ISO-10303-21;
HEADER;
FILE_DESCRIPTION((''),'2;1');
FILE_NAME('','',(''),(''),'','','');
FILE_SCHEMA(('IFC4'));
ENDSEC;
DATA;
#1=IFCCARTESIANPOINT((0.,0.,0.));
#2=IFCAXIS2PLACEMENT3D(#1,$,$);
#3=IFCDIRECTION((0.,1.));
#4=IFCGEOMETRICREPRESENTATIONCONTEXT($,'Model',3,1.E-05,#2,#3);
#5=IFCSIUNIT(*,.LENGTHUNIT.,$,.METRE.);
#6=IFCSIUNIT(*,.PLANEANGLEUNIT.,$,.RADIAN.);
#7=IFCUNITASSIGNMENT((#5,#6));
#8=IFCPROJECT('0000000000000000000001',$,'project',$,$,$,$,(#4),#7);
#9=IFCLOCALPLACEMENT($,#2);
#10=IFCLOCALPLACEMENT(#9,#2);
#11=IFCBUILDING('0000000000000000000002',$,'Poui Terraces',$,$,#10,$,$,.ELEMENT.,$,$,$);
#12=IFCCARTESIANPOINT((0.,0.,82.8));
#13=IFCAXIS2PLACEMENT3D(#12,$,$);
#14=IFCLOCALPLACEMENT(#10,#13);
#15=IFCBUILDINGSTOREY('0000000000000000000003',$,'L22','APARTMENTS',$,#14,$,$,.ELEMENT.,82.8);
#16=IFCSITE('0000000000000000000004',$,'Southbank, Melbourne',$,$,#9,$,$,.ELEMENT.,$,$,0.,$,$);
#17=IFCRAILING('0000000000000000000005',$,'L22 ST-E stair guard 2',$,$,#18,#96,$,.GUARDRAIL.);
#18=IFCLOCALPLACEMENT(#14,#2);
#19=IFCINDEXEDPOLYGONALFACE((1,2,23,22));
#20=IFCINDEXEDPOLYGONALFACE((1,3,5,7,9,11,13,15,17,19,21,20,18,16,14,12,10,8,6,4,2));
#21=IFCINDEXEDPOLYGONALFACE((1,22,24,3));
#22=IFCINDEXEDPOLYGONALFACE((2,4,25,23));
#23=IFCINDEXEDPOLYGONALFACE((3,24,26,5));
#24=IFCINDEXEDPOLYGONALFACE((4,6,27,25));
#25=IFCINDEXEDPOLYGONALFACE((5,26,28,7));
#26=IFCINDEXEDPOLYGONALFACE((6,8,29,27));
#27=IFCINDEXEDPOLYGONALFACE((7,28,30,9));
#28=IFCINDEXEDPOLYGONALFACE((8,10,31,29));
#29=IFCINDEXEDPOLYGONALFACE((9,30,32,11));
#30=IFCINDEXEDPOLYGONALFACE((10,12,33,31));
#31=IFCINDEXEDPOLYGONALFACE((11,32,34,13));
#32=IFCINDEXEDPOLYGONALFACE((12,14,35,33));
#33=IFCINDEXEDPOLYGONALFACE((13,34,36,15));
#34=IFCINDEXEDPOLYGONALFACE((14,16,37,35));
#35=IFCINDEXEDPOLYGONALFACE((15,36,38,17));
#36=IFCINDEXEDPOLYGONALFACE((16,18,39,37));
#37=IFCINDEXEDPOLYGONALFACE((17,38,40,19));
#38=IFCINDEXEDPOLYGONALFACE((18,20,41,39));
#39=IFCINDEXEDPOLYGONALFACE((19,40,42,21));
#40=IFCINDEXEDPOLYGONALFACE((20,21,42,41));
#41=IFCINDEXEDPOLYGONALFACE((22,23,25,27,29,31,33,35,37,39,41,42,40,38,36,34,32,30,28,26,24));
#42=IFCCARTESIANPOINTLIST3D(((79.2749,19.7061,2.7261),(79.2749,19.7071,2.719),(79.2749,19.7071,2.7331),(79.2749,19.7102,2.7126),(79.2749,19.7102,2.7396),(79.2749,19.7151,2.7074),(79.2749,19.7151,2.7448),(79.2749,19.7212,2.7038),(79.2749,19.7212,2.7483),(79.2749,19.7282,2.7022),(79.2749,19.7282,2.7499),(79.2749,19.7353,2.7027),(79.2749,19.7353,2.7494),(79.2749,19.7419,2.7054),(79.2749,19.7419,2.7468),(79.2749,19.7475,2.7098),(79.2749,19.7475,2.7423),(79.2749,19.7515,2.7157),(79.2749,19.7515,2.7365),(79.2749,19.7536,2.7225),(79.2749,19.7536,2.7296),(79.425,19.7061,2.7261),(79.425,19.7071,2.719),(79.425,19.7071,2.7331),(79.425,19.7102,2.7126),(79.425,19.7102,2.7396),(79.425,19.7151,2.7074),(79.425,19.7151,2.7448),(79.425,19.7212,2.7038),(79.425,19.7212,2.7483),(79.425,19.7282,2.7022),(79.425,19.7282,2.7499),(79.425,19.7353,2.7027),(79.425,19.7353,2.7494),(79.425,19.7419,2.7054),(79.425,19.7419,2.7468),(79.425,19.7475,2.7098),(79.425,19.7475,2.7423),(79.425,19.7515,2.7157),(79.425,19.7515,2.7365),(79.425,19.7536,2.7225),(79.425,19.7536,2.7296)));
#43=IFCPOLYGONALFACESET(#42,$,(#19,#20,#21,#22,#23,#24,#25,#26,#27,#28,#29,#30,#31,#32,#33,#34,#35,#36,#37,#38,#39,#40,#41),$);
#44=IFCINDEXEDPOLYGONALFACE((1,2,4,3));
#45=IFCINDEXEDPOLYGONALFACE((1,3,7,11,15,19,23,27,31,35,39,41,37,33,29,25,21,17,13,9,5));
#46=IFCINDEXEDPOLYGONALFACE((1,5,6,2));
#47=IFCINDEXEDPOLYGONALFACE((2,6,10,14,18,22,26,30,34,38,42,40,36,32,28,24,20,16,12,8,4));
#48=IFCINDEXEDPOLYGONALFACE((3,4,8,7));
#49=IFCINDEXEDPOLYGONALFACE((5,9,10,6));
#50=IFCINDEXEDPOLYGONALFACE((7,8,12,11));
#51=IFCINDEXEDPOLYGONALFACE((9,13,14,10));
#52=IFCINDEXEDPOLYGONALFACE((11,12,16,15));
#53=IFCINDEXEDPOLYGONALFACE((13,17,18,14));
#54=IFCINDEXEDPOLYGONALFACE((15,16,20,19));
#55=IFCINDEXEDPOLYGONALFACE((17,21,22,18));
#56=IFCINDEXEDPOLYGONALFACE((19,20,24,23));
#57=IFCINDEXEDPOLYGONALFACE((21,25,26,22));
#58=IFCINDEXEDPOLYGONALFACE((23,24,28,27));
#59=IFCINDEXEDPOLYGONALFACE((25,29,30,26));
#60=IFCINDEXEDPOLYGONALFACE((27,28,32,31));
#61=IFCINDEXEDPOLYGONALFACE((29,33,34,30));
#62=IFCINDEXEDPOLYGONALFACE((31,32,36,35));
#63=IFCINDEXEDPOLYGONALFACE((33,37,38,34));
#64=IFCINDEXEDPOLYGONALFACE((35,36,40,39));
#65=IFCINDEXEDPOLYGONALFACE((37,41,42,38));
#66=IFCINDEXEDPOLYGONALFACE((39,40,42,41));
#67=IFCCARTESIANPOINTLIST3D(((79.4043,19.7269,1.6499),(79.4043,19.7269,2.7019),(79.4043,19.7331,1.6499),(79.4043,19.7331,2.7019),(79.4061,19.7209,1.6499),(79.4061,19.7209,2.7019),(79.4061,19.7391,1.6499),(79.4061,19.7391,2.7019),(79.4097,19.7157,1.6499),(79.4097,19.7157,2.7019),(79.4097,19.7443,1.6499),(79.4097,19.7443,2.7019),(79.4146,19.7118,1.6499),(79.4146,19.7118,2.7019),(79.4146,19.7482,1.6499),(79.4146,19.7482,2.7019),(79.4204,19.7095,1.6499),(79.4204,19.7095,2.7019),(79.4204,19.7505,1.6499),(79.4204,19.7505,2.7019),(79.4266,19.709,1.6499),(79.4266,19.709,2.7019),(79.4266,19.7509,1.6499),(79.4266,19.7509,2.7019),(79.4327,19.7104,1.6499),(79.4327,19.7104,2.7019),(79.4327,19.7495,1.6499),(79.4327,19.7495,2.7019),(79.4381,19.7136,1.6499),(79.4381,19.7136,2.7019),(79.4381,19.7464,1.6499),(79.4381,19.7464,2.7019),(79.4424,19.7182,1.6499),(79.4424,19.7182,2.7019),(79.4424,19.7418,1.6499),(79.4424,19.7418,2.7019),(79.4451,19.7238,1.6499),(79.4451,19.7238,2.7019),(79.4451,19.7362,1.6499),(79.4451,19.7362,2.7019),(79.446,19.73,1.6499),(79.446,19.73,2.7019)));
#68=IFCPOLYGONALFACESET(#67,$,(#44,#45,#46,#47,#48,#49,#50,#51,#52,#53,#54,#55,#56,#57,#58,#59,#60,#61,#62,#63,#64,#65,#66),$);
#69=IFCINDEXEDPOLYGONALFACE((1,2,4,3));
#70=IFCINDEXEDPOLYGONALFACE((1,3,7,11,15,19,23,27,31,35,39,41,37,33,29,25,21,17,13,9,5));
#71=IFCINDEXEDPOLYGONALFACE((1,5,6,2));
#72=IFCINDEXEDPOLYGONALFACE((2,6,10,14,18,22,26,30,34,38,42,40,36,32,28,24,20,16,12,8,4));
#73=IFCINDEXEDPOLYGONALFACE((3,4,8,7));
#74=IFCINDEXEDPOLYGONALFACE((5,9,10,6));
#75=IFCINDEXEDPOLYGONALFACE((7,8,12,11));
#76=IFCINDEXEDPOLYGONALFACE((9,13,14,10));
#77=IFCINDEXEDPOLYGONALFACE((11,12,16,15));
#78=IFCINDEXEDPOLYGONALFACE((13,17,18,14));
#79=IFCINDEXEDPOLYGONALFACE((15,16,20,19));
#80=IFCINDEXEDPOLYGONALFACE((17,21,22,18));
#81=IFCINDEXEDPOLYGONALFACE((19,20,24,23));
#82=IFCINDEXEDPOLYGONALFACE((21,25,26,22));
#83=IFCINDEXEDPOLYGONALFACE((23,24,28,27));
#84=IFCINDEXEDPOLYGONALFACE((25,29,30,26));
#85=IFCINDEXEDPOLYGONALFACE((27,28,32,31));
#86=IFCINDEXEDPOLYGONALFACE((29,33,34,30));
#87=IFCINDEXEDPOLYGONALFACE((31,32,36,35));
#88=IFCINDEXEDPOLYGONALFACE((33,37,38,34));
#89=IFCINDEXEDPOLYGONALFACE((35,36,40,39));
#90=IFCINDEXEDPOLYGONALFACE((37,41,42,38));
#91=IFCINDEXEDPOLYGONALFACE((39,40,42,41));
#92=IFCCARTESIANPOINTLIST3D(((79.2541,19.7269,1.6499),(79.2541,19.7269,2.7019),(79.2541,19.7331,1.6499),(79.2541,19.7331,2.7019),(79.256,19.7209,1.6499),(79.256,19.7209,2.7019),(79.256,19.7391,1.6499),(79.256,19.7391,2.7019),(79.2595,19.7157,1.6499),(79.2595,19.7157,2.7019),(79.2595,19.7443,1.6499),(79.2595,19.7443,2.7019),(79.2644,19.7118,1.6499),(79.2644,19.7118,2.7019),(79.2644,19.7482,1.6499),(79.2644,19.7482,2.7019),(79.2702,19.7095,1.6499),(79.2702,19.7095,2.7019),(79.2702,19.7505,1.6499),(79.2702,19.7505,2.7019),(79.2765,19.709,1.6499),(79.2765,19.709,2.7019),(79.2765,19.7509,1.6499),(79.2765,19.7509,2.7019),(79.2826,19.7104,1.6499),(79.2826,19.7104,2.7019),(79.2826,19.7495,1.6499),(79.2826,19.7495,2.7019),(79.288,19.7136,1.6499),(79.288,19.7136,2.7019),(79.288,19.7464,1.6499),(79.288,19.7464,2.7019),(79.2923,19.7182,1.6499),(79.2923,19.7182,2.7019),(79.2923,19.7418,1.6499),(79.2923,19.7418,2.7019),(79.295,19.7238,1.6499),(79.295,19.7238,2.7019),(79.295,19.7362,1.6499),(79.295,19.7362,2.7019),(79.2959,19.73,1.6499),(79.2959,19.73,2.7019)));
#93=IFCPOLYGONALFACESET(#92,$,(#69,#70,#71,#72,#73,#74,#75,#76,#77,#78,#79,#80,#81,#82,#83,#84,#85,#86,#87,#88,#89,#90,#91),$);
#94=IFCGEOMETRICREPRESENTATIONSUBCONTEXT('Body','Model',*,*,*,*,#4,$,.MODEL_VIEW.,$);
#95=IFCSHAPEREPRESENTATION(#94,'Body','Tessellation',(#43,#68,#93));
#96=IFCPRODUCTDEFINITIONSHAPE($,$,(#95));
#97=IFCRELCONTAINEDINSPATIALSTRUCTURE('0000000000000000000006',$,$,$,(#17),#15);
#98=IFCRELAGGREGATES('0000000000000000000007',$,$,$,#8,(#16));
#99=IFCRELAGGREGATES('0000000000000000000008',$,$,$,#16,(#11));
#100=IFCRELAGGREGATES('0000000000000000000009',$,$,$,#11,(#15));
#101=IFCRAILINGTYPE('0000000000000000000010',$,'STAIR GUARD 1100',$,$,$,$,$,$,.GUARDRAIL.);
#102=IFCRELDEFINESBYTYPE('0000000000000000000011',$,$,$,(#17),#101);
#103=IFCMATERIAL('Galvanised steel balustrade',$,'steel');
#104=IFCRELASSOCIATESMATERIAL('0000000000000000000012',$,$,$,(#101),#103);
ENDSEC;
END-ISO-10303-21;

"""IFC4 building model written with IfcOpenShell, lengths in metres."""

from ifc_helpers import new_model, si_unit, direction, frame, origin, origin_2d, place, context, subcontext, project, spatial, circle, extrude, material, type_object, element, save


model = new_model("IFC4")

# Units and contexts
model_context = context("Model", 3, precision=1e-05, world=origin(), true_north=direction((0.0, 1.0)))
body_context = subcontext(model_context, "Body", "Model", "MODEL_VIEW")
ifc_project = project(units=[si_unit("LENGTHUNIT", "METRE"), si_unit("PLANEANGLEUNIT", "RADIAN")], contexts=[model_context])

# Site, building, storey
site_placement = place(None, origin())
site = spatial("IfcSite", under=ifc_project, at=site_placement, Name="Southbank, Melbourne", CompositionType="ELEMENT", RefElevation=0.0)
building_placement = place(site_placement, origin())
building = spatial("IfcBuilding", under=site, at=building_placement, Name="Poui Terraces", CompositionType="ELEMENT")
storey_placement = place(building_placement, frame((0.0, 0.0, 82.8)))
storey = spatial("IfcBuildingStorey", under=building, at=storey_placement, Name="L22", Description="APARTMENTS", CompositionType="ELEMENT", Elevation=82.8)

# Railing
ifc_material_1 = material(Name="Galvanised steel balustrade", Category="steel")
railing_type_1 = type_object("IfcRailingType", Name="STAIR GUARD 1100", PredefinedType="GUARDRAIL", material=ifc_material_1)
railing_1_placement = place(storey_placement, frame((79.425, 19.73, 1.6499)))
element("IfcRailing", 1, at=railing_1_placement, inside=storey, type_object=railing_type_1, Name="L22 ST-E stair guard 2", PredefinedType="GUARDRAIL", context=body_context, shape_type="SweptSolid", body=[
    extrude(circle(Radius=0.0239, at=origin_2d()), frame((0.0, 0.0, 1.0762), z_axis=(-1.0, 0.0, 0.0), x_axis=(0.0, -1.0, 0.0)), (0.0, 0.0, 1.0), 0.1501),
    extrude(circle(Radius=0.021, at=origin_2d()), origin(), (0.0, 0.0, 1.0), 1.052),
    extrude(circle(Radius=0.021, at=origin_2d()), frame((-0.1501, 0.0, 0.0)), (0.0, 0.0, 1.0), 1.052),
])

save(model, "model.ifc")
